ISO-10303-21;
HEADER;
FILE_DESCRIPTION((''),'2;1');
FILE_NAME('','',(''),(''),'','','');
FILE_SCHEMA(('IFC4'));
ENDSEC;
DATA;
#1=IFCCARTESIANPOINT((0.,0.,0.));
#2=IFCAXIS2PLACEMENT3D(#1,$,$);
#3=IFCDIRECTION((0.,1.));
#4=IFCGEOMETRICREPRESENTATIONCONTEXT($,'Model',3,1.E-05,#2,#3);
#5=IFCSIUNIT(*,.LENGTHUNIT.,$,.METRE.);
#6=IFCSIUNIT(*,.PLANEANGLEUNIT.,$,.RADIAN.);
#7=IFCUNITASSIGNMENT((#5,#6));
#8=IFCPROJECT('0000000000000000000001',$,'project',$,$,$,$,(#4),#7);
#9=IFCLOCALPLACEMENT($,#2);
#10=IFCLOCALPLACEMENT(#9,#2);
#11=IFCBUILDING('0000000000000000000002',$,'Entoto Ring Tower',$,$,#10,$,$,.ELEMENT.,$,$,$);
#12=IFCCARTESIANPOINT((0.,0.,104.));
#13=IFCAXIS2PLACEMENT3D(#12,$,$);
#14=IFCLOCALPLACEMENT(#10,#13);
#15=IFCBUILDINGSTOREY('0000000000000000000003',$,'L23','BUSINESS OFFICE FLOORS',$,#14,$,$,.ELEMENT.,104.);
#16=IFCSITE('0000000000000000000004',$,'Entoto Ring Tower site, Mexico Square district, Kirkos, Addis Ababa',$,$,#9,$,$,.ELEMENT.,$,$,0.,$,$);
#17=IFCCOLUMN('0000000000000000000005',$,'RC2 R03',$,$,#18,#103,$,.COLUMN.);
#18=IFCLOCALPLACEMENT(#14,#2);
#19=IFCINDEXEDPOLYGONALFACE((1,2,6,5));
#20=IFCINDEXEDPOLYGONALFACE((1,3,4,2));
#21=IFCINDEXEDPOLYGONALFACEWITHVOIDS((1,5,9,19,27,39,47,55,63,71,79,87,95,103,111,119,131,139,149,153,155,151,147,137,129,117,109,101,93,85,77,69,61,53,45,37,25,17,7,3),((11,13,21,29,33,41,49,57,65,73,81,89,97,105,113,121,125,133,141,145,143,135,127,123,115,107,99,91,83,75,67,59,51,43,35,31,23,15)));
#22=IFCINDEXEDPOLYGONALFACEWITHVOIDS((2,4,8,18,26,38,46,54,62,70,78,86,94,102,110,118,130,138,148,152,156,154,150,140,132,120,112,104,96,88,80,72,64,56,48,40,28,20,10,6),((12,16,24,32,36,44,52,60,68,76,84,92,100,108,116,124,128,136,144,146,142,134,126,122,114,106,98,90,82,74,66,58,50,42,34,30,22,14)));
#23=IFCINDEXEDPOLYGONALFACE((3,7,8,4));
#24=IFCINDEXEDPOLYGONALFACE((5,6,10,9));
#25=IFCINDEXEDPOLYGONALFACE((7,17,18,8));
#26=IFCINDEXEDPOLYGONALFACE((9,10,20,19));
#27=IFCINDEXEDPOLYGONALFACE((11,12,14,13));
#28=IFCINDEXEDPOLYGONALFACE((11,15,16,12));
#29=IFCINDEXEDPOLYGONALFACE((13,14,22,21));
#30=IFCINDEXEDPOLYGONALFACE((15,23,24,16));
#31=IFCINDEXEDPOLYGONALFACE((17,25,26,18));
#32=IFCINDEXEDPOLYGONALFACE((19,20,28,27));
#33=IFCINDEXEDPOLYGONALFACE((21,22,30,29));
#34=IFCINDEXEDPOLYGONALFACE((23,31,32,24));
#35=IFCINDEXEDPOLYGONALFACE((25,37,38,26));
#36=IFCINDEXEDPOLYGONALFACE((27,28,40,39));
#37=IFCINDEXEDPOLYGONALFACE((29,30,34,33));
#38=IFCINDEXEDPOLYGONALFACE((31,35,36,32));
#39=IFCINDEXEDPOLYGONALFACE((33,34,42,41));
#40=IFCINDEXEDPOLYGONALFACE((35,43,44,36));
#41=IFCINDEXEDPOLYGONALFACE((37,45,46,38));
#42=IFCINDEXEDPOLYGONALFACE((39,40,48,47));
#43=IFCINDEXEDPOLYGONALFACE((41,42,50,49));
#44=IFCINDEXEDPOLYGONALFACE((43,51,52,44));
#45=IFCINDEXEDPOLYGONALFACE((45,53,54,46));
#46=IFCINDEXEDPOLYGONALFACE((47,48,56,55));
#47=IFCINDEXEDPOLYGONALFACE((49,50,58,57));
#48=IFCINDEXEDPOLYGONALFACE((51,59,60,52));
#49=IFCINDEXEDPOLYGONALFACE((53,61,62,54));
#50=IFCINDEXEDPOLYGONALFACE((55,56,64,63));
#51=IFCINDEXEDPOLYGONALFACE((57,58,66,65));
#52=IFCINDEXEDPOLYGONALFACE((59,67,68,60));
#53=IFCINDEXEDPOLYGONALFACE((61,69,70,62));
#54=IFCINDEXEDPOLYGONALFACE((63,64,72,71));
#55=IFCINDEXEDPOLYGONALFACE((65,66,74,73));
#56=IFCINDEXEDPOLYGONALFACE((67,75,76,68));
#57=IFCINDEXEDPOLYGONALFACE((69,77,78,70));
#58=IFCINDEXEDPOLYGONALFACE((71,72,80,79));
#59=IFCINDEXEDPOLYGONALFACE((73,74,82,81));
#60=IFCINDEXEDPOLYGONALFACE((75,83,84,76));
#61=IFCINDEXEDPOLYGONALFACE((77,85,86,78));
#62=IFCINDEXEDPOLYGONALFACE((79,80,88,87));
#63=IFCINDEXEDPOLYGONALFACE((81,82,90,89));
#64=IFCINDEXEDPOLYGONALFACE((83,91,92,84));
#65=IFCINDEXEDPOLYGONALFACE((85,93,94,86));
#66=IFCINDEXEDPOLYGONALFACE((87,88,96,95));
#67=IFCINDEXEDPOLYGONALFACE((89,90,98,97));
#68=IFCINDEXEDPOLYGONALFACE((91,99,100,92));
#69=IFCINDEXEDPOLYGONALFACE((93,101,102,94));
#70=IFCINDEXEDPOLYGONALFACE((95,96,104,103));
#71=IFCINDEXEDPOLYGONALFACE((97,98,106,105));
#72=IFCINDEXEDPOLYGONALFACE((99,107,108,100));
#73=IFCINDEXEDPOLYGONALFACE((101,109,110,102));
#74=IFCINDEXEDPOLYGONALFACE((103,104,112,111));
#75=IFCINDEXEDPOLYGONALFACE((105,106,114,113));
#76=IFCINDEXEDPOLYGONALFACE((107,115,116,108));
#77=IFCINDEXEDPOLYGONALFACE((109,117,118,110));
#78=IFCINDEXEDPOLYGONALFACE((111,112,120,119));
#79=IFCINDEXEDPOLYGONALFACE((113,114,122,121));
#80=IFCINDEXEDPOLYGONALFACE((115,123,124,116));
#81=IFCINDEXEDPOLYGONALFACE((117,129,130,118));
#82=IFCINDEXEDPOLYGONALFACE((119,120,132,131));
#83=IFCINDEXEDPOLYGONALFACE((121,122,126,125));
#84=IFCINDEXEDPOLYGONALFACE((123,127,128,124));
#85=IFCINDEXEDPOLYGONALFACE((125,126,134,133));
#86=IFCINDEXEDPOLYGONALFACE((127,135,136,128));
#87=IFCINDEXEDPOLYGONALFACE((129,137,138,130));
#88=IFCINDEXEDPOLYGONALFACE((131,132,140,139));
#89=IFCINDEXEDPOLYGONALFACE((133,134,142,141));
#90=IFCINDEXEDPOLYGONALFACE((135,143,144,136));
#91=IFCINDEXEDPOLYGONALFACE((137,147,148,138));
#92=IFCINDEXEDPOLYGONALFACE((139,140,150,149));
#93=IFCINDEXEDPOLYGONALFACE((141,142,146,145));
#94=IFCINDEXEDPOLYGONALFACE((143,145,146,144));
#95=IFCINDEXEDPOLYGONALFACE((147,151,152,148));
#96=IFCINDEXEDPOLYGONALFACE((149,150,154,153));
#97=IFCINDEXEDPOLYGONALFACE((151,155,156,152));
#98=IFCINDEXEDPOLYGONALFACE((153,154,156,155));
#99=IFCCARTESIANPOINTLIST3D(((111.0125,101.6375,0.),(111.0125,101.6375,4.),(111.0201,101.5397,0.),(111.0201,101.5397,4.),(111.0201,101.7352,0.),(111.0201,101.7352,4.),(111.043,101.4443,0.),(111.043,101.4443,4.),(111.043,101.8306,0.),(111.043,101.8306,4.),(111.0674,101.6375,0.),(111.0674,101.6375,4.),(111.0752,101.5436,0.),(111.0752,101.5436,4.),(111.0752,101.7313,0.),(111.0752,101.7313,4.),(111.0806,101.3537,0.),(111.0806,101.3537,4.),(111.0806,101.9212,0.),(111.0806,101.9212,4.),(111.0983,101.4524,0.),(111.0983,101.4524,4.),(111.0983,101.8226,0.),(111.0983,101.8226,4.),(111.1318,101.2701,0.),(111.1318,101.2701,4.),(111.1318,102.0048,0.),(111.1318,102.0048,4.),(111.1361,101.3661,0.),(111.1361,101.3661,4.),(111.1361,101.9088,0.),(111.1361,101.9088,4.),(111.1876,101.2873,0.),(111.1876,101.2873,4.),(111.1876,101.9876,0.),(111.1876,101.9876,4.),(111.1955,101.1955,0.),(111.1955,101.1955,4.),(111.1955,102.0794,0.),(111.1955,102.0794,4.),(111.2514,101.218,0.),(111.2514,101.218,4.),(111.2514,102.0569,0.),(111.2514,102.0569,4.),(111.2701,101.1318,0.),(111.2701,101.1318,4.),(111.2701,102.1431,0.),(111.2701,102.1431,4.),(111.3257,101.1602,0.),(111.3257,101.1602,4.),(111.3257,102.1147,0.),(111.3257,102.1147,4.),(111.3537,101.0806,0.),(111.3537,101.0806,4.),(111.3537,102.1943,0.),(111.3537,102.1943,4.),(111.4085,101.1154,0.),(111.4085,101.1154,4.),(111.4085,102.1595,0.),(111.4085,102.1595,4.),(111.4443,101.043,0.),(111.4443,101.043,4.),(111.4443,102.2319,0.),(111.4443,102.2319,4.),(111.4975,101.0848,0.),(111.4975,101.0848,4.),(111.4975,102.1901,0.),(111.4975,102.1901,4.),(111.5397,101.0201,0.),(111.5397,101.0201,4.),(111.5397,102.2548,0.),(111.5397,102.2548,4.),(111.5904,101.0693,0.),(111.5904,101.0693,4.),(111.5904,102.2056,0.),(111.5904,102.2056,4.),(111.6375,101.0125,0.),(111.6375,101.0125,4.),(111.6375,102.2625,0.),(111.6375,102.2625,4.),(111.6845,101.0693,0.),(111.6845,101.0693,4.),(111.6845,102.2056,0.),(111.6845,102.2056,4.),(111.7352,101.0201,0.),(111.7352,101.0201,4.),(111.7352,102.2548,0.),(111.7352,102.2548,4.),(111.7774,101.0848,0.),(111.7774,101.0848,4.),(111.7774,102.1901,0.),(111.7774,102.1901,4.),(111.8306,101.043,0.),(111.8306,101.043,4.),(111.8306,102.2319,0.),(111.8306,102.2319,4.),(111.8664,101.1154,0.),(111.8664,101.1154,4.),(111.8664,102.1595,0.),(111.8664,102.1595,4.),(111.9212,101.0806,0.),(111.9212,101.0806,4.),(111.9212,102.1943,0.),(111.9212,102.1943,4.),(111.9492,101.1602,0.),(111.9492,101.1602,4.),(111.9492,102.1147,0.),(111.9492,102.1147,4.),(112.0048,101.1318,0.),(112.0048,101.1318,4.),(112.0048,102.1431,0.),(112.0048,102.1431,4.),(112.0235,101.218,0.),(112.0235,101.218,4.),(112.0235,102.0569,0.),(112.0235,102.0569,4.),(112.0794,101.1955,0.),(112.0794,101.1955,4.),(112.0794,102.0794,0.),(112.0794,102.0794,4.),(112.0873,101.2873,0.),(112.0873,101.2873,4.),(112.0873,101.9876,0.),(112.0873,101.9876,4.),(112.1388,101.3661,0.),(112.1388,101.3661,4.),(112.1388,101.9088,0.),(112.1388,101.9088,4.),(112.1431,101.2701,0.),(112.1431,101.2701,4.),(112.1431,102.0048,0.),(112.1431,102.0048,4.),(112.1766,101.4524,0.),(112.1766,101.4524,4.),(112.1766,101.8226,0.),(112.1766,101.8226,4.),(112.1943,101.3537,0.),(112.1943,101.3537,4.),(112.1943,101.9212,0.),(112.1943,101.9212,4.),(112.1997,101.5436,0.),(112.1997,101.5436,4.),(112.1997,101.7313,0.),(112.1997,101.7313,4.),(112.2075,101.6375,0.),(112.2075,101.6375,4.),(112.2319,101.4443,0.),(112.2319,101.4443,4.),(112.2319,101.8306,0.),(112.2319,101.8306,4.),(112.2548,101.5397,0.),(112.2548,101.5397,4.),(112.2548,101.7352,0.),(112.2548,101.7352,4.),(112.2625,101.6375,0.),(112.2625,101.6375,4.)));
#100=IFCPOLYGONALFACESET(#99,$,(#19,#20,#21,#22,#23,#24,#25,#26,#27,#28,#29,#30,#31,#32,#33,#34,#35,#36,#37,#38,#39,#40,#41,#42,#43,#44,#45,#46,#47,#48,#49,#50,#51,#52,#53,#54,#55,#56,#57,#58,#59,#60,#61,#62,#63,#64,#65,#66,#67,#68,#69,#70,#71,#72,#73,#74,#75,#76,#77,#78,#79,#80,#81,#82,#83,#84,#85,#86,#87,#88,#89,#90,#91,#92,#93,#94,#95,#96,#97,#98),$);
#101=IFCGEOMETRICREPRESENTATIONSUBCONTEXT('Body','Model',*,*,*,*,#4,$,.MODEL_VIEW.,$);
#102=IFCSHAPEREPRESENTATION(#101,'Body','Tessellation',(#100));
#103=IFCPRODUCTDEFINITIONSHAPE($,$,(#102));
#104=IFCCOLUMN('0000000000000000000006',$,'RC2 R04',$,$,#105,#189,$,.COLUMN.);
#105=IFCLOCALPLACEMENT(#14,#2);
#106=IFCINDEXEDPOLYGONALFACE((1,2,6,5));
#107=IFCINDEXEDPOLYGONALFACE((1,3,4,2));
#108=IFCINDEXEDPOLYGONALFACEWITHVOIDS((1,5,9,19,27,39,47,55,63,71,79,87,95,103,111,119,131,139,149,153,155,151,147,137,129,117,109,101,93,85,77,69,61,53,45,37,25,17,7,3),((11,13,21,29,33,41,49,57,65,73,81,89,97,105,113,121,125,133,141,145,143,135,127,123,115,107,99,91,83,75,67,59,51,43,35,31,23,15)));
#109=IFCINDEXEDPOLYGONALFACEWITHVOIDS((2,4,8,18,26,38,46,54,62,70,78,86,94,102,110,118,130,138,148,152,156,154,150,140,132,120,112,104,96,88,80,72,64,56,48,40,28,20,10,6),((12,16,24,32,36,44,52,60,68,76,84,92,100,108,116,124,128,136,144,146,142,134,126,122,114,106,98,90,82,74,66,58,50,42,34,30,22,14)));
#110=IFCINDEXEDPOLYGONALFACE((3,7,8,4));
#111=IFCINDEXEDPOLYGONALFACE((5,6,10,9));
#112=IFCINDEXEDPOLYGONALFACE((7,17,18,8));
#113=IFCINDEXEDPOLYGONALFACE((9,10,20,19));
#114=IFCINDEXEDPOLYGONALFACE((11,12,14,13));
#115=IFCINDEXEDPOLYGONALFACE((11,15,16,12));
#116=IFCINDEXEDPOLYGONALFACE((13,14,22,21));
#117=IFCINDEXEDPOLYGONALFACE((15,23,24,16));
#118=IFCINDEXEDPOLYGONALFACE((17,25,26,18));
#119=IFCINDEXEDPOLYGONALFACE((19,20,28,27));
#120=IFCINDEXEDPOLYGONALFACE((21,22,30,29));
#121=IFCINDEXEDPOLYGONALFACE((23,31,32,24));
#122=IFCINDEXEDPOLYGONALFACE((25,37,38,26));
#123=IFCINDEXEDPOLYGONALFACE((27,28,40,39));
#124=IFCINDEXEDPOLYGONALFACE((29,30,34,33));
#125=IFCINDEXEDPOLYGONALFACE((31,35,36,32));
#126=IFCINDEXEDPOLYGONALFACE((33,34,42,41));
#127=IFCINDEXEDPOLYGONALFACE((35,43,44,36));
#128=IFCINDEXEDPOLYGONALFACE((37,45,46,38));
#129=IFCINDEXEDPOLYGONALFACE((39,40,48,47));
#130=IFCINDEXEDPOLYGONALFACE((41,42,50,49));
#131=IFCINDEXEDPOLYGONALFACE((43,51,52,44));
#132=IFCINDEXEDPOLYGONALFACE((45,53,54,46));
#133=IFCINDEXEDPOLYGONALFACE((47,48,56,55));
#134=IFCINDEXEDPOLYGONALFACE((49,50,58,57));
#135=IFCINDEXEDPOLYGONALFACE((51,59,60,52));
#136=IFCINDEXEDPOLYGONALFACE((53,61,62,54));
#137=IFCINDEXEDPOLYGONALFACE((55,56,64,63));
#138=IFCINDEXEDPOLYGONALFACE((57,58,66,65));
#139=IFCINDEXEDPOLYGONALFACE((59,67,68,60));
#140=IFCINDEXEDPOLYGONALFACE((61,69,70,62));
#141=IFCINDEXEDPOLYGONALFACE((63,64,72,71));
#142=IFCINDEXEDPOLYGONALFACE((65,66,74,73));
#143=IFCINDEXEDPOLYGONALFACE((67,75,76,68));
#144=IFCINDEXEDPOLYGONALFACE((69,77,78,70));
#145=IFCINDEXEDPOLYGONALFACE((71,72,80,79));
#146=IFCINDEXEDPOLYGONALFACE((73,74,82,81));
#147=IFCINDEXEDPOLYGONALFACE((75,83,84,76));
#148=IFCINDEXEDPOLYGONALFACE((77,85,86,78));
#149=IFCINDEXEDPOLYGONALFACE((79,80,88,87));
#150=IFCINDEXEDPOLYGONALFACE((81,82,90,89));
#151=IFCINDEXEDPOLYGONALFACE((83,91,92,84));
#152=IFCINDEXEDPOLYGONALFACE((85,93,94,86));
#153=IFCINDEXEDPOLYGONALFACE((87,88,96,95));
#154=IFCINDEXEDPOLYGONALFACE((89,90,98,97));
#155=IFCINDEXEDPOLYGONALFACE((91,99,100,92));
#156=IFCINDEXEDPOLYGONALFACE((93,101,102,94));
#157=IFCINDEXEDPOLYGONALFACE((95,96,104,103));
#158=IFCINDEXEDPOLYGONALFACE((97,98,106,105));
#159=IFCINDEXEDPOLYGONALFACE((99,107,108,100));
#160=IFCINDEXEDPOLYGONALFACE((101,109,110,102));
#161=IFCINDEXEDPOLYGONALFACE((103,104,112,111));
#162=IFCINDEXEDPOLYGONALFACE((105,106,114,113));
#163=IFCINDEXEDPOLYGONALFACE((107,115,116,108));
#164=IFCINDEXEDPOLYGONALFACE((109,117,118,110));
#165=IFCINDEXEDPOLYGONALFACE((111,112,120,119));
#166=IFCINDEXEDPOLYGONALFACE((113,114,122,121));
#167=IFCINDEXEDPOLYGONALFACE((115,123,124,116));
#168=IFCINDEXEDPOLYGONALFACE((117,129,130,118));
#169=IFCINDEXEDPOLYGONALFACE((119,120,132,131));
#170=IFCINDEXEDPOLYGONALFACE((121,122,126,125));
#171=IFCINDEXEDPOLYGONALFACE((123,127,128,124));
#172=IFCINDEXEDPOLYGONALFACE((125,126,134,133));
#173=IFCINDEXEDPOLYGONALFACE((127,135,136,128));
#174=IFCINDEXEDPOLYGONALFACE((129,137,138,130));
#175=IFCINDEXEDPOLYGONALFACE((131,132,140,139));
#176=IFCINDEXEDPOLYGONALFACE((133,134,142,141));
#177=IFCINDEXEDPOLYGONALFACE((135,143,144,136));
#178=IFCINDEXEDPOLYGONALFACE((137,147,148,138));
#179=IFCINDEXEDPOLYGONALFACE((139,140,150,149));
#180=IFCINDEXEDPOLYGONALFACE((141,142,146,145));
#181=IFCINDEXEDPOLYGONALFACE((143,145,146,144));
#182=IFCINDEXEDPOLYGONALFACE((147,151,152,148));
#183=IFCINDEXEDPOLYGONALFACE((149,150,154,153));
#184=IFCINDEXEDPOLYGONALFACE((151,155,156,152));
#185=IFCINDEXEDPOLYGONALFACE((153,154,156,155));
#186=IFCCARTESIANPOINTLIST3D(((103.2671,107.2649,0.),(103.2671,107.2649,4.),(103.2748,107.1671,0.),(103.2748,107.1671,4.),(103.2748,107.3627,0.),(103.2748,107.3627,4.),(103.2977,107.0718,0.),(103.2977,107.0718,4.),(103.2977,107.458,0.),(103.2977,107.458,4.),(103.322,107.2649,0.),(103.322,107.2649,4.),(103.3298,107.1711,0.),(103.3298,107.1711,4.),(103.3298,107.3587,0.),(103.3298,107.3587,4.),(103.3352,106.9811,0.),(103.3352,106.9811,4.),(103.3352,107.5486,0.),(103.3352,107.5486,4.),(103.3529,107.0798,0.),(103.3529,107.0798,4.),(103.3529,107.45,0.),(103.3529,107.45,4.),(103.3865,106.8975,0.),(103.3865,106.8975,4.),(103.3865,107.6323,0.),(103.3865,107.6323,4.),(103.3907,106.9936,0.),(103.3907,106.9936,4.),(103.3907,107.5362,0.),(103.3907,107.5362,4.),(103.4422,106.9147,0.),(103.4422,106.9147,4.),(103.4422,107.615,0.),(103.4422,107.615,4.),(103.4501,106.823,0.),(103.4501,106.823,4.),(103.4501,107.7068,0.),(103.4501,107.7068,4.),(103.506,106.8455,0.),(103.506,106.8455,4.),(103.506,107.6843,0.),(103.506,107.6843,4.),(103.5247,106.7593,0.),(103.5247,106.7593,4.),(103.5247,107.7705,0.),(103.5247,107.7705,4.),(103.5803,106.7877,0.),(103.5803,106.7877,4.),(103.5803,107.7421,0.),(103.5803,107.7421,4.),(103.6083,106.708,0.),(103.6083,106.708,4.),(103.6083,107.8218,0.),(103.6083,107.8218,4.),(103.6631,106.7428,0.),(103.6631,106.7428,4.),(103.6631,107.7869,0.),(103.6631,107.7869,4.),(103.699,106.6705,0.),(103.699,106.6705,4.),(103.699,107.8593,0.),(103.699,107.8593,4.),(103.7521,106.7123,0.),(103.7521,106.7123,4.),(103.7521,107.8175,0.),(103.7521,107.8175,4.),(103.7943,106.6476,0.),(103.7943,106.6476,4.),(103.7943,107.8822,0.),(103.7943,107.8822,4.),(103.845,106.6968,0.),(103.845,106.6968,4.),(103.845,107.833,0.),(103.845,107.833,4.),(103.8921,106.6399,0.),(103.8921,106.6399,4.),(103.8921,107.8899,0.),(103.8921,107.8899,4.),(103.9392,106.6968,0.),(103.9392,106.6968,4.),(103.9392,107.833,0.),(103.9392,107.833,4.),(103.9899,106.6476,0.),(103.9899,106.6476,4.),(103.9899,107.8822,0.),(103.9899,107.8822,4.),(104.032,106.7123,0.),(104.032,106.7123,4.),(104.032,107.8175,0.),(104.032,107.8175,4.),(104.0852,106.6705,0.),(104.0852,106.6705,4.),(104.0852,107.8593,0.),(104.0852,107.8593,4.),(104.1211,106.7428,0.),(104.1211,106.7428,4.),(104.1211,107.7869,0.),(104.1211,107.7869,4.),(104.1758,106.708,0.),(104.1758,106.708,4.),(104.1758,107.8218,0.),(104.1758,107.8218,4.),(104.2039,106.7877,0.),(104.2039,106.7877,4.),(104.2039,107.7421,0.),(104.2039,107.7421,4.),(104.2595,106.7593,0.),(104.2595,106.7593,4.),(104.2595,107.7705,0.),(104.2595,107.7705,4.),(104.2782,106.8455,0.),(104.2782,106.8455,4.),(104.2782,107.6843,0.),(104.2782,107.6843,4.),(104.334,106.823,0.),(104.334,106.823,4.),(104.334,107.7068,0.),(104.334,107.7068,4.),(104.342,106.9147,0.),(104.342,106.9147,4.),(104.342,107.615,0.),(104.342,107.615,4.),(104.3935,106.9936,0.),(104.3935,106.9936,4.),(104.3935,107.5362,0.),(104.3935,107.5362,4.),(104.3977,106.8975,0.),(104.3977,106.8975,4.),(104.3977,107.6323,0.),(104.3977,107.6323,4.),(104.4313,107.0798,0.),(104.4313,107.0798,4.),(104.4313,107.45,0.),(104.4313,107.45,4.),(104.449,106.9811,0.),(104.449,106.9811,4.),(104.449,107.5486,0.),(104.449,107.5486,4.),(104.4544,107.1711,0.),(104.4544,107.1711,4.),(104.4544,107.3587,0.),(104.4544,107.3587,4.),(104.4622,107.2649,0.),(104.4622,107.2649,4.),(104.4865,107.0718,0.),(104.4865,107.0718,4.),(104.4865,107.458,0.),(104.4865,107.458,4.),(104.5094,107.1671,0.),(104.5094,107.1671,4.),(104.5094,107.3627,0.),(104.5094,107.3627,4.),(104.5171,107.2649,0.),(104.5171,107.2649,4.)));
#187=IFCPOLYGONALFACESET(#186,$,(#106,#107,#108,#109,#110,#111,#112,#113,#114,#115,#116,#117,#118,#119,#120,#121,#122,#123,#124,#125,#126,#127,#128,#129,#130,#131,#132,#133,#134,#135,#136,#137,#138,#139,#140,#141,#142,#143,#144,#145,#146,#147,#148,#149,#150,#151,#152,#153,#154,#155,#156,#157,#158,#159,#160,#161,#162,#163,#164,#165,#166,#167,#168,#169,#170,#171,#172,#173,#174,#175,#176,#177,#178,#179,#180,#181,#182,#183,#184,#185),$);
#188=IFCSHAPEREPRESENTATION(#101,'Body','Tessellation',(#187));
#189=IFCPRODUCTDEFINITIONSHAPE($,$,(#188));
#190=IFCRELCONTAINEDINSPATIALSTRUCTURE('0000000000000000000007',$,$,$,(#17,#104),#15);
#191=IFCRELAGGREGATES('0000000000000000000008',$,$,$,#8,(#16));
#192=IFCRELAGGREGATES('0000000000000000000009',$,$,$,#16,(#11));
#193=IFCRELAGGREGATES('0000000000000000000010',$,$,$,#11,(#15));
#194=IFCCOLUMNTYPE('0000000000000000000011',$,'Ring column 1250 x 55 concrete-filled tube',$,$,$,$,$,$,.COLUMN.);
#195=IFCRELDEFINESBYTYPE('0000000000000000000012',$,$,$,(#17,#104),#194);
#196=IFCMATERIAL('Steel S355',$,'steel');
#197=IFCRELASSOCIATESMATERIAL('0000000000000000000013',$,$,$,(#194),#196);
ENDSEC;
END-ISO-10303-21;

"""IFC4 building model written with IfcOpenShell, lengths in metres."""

from ifc_helpers import new_model, si_unit, direction, frame, origin, origin_2d, place, context, subcontext, project, spatial, circle, hollow_circle, extrude, material, material_profile, profile_set, type_object, element, save


model = new_model("IFC4")

# Units and contexts
model_context = context("Model", 3, precision=1e-05, world=origin(), true_north=direction((0.0, 1.0)))
body_context = subcontext(model_context, "Body", "Model", "MODEL_VIEW")
ifc_project = project(units=[si_unit("LENGTHUNIT", "METRE"), si_unit("PLANEANGLEUNIT", "RADIAN")], contexts=[model_context])

# Site, building, storey
site_placement = place(None, origin())
site = spatial("IfcSite", under=ifc_project, at=site_placement, Name="Entoto Ring Tower site, Mexico Square district, Kirkos, Addis Ababa", CompositionType="ELEMENT", RefElevation=0.0)
building_placement = place(site_placement, origin())
building = spatial("IfcBuilding", under=site, at=building_placement, Name="Entoto Ring Tower", CompositionType="ELEMENT")
storey_placement = place(building_placement, frame((0.0, 0.0, 104.0)))
storey = spatial("IfcBuildingStorey", under=building, at=storey_placement, Name="L23", Description="BUSINESS OFFICE FLOORS", CompositionType="ELEMENT", Elevation=104.0)

# Columns
ifc_material_1 = material(Name="Steel S355", Category="steel")
ifc_material_profile_1 = material_profile(ifc_material_1, hollow_circle(Radius=0.625, WallThickness=0.0549, at=origin_2d()), Name="CHS 1250 x 55")
ifc_material_2 = material(Name="Concrete C60/75", Category="concrete")
ifc_material_profile_2 = material_profile(ifc_material_2, circle(Radius=0.5701, at=origin_2d()), Name="Concrete C60/75 infill")
ifc_profile_set_1 = profile_set([ifc_material_profile_1, ifc_material_profile_2], Name="Steel S355")
column_type = type_object("IfcColumnType", Name="Ring column 1250 x 55 concrete-filled tube", PredefinedType="COLUMN", material=ifc_profile_set_1)
for number, where, z_axis, x_axis, name in (
    (1, (111.6375, 101.6375, 0.0), (0.0, 0.0, 1.0), (1.0, 0.0, 0.0), "RC2 R03"),
    (2, (103.8921, 107.2649, 0.0), (0.0, 0.0, 1.0), (1.0, 0.0, 0.0), "RC2 R04"),
):
    element("IfcColumn", number, at=place(storey_placement, frame(where, z_axis=z_axis, x_axis=x_axis)), inside=storey, type_object=column_type, Name=name, PredefinedType="COLUMN", context=body_context, shape_type="SweptSolid", body=[
        extrude(hollow_circle(Radius=0.625, WallThickness=0.0549, at=origin_2d()), origin(), (0.0, 0.0, 1.0), 4.0),
    ])

save(model, "model.ifc")
